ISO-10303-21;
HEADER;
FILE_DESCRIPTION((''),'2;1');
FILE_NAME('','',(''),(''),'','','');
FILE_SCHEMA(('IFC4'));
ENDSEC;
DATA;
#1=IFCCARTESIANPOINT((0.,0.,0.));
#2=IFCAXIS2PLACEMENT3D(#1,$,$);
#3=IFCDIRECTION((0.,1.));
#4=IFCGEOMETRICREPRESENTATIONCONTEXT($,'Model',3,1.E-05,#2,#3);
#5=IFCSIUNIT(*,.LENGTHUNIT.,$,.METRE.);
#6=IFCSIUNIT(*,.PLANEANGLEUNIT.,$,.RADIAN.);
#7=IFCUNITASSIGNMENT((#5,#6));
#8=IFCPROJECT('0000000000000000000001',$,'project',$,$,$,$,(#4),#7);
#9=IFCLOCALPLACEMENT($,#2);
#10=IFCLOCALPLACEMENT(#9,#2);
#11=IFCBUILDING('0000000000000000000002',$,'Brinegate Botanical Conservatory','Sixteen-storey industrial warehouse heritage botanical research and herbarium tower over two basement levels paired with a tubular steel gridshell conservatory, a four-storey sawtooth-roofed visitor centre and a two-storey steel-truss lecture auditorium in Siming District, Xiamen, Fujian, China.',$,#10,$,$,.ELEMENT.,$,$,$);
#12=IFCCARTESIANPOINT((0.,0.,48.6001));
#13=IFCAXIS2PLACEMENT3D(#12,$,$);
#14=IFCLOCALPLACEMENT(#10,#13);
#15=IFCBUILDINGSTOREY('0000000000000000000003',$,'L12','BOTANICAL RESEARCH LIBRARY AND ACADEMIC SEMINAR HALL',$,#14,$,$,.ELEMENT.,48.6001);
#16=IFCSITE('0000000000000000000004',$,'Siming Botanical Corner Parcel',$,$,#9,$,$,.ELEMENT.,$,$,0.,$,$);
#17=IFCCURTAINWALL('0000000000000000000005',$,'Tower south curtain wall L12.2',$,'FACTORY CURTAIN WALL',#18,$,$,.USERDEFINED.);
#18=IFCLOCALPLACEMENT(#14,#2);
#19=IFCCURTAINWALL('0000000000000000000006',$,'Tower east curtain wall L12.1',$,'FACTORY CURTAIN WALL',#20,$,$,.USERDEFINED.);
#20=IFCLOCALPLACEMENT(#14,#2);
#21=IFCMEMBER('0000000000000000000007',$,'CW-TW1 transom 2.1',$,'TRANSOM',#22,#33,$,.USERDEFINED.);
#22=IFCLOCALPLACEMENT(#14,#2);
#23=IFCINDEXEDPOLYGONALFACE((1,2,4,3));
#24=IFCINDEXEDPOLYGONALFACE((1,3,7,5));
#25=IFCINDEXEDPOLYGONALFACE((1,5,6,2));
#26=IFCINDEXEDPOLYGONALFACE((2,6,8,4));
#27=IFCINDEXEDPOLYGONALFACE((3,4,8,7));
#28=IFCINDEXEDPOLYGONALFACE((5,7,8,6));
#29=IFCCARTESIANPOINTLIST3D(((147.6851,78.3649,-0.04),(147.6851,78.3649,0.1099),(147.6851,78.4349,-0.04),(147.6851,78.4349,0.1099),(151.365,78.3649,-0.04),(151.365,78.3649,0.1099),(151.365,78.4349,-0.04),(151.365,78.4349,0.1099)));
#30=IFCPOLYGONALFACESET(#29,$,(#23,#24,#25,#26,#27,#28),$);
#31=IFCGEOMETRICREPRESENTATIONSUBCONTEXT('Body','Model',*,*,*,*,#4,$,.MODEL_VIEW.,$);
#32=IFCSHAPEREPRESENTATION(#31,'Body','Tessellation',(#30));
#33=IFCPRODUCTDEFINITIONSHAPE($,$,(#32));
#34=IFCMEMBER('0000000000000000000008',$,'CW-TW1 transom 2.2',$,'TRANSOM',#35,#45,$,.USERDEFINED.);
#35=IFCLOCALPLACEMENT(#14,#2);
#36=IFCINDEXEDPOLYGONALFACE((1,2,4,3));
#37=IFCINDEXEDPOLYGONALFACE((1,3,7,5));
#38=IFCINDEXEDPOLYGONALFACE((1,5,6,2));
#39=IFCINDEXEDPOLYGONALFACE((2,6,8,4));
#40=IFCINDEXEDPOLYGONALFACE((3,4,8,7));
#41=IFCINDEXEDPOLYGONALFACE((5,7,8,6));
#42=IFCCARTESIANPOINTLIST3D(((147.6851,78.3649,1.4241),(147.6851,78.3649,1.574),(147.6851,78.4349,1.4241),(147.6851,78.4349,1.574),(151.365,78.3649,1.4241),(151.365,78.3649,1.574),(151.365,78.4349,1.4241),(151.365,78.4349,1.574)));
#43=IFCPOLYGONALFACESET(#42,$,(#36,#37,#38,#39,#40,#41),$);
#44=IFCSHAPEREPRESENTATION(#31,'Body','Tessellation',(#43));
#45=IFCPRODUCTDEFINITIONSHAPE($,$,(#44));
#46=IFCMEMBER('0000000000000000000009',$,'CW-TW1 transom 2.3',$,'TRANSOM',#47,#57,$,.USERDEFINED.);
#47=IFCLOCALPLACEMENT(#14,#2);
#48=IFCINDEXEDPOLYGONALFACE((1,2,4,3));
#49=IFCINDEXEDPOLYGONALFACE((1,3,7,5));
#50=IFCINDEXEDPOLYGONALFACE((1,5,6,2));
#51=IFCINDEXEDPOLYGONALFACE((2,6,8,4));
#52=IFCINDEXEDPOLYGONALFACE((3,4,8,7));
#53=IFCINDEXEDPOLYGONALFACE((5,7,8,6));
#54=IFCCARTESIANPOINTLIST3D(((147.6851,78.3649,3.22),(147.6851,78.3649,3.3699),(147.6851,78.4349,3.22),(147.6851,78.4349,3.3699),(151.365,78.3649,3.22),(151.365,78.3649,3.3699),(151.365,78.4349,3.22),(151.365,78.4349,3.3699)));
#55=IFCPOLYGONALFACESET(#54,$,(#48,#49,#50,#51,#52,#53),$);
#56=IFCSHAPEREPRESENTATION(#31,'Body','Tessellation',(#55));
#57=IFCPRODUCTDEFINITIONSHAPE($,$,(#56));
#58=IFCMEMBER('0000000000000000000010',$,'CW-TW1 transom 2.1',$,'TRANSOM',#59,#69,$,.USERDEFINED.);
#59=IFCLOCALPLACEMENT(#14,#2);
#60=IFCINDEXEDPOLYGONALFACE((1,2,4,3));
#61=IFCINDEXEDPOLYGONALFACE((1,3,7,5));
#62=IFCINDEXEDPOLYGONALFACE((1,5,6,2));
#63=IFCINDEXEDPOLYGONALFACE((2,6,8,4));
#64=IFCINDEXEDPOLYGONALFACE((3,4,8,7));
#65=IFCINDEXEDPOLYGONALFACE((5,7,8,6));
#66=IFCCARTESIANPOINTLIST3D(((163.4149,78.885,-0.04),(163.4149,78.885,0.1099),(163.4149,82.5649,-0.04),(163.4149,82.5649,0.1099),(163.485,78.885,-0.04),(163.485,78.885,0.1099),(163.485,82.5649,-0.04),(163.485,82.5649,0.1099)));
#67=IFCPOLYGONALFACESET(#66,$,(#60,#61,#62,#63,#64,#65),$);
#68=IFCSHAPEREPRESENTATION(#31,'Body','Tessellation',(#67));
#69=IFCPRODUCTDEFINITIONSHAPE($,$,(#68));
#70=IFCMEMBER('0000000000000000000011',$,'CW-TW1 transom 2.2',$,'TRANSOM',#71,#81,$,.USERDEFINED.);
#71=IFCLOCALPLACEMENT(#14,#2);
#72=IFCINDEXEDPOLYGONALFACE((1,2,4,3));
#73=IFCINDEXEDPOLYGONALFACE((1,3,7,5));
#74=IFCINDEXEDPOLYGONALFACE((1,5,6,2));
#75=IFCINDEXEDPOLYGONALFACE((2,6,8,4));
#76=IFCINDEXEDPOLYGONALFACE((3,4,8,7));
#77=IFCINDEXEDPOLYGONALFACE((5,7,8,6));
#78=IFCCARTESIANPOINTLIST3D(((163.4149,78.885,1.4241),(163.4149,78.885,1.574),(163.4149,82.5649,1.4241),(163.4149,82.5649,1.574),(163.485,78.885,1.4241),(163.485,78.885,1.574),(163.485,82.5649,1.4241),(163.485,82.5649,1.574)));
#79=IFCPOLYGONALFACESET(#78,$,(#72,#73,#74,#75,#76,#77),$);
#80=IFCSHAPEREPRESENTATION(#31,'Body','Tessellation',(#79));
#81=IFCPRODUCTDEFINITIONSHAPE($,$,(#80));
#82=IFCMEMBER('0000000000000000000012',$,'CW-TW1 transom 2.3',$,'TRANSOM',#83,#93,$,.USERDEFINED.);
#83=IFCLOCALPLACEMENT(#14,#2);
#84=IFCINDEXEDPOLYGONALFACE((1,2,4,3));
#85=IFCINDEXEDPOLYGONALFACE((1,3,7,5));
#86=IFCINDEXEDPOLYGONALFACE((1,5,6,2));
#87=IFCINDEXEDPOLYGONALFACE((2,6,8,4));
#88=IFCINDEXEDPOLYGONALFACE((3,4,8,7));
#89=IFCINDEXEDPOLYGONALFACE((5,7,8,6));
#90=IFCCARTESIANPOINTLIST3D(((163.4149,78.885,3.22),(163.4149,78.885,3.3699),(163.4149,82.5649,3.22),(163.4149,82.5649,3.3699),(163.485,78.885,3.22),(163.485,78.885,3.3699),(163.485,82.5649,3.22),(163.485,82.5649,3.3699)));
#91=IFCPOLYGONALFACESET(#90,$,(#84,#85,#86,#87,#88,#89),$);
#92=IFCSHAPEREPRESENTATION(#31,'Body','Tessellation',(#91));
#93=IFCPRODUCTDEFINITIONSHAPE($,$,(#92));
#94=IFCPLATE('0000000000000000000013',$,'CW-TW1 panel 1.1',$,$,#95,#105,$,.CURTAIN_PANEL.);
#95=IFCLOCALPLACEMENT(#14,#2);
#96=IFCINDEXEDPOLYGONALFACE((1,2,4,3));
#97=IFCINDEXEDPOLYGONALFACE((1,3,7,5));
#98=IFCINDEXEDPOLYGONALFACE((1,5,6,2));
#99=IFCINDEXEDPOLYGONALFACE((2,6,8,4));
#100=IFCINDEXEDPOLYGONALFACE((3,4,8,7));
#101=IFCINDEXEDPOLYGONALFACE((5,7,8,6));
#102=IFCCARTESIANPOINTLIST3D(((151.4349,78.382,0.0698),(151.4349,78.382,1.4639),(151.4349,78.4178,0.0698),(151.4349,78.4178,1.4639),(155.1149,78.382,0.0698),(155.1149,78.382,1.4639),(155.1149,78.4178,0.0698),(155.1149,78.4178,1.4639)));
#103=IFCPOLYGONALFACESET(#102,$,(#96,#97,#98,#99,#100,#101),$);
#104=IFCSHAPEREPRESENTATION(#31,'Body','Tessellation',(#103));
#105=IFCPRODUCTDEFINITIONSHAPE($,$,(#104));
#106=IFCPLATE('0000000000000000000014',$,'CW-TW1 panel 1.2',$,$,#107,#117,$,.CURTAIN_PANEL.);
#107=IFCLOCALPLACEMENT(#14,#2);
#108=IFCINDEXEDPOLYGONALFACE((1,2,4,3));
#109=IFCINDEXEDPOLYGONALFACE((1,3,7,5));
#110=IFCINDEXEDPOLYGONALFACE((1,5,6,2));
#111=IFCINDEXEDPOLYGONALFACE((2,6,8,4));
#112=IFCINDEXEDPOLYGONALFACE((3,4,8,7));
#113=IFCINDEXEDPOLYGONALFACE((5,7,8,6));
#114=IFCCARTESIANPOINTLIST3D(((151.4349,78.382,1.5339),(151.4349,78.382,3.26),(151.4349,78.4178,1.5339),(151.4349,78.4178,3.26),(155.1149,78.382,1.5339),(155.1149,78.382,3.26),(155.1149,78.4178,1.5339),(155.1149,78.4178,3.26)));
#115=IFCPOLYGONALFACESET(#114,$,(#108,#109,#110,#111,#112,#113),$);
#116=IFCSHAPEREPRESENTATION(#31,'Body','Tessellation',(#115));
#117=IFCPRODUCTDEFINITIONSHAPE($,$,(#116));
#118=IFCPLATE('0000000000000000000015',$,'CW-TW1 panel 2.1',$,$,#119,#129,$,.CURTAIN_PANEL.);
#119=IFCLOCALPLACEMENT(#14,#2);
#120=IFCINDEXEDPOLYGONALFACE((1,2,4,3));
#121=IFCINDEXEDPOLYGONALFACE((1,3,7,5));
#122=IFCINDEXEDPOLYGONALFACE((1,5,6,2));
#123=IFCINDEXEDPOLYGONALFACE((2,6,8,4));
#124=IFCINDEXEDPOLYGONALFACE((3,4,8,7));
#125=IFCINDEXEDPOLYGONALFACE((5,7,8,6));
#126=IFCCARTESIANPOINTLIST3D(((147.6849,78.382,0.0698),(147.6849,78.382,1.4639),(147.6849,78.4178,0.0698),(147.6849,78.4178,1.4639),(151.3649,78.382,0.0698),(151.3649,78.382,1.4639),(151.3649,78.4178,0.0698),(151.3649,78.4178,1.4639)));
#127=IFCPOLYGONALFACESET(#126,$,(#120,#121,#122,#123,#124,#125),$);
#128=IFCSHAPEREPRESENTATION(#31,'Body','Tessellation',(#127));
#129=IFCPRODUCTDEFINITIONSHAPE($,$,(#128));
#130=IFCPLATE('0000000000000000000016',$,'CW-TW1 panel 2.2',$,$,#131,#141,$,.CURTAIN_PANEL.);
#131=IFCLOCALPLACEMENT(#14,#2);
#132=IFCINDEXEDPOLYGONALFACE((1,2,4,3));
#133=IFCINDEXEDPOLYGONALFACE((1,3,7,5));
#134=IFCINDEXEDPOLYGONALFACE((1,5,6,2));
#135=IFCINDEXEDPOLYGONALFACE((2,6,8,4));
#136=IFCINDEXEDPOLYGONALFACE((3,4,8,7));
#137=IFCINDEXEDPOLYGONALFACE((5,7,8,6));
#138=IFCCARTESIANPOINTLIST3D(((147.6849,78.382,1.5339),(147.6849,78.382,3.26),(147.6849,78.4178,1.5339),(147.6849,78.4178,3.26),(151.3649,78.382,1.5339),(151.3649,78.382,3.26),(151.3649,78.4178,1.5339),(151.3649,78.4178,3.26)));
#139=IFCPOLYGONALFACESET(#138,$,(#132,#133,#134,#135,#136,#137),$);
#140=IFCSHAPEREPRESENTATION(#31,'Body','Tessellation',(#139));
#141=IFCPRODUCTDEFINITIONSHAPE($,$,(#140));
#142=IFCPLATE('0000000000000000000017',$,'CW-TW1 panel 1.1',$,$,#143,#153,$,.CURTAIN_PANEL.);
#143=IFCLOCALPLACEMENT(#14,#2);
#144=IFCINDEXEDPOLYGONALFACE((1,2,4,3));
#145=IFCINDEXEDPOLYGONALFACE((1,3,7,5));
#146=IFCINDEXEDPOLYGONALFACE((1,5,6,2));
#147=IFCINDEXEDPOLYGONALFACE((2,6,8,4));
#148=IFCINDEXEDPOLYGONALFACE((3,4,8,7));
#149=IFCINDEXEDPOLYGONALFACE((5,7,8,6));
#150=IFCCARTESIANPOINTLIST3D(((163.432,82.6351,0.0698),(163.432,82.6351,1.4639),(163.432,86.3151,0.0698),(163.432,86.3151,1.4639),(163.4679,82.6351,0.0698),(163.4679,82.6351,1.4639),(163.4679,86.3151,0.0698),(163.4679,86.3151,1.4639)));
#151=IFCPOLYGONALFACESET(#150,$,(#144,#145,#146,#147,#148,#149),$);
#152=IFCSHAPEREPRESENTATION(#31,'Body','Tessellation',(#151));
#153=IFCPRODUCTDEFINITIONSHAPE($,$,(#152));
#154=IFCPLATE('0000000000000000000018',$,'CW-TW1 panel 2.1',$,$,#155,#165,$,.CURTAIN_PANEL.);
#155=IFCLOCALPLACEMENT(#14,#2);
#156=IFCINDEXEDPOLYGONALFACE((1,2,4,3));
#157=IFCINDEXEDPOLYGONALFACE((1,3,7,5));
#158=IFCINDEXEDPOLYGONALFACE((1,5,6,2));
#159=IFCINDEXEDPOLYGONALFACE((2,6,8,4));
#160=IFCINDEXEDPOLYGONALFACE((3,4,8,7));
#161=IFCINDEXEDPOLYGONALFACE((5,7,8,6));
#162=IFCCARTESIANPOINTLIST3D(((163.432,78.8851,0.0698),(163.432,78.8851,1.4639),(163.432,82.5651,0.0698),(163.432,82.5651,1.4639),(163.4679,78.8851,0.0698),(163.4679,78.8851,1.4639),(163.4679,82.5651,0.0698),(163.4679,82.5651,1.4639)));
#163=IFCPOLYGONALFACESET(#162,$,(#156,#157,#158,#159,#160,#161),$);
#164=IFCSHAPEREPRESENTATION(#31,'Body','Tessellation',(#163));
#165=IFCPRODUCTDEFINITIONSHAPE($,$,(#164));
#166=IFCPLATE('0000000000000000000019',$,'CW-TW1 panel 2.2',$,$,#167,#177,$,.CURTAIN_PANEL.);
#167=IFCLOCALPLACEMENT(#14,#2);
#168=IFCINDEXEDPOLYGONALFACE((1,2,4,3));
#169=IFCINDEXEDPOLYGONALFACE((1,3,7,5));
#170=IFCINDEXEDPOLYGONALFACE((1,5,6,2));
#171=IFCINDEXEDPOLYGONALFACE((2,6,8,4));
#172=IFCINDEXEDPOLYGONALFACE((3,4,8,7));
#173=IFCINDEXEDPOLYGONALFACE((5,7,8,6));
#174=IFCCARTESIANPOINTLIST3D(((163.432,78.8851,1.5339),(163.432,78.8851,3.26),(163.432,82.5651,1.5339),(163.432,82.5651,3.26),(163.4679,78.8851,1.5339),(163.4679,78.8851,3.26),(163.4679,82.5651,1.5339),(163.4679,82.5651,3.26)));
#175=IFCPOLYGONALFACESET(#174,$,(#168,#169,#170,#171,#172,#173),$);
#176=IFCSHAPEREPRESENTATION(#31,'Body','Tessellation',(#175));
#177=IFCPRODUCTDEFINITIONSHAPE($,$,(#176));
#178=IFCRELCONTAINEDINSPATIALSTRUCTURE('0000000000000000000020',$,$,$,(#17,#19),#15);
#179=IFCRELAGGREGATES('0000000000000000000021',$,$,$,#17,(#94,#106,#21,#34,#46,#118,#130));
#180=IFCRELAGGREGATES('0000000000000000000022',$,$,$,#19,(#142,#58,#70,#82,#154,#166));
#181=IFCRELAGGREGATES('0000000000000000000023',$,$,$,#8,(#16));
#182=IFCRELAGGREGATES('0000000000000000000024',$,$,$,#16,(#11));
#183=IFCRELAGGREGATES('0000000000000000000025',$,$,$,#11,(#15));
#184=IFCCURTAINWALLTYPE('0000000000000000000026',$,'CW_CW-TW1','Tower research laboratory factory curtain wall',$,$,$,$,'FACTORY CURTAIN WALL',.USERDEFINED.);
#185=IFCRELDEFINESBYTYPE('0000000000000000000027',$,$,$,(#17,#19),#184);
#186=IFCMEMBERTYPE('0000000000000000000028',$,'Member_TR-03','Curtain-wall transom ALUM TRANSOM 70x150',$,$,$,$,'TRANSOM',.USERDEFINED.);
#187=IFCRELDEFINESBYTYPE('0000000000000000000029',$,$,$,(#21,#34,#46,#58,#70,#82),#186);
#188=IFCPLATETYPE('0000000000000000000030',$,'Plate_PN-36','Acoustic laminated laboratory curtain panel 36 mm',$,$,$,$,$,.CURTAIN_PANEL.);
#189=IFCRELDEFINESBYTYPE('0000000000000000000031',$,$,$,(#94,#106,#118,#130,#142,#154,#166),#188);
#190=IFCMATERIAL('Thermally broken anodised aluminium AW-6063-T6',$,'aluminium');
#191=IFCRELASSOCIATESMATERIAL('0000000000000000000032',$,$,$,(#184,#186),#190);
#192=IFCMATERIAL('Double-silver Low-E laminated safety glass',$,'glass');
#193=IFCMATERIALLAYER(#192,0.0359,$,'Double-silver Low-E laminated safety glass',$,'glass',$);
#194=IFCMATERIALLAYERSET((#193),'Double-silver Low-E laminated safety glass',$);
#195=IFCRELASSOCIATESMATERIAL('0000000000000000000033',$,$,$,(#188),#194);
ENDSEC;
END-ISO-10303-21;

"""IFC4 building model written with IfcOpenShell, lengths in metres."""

from ifc_helpers import new_model, si_unit, direction, frame, origin, origin_2d, place, context, subcontext, project, spatial, rectangle, extrude, material, layer, layer_set, material_profile, profile_set, type_object, element, aggregate, save


model = new_model("IFC4")

# Units and contexts
model_context = context("Model", 3, precision=1e-05, world=origin(), true_north=direction((0.0, 1.0)))
body_context = subcontext(model_context, "Body", "Model", "MODEL_VIEW")
ifc_project = project(units=[si_unit("LENGTHUNIT", "METRE"), si_unit("PLANEANGLEUNIT", "RADIAN")], contexts=[model_context])

# Site, building, storey
site_placement = place(None, origin())
site = spatial("IfcSite", under=ifc_project, at=site_placement, Name="Siming Botanical Corner Parcel", CompositionType="ELEMENT", RefElevation=0.0)
building_placement = place(site_placement, origin())
building = spatial("IfcBuilding", under=site, at=building_placement, Name="Brinegate Botanical Conservatory", Description="Sixteen-storey industrial warehouse heritage botanical research and herbarium tower over two basement levels paired with a tubular steel gridshell conservatory, a four-storey sawtooth-roofed visitor centre and a two-storey steel-truss lecture auditorium in Siming District, Xiamen, Fujian, China.", CompositionType="ELEMENT")
storey_placement = place(building_placement, frame((0.0, 0.0, 48.6001)))
storey = spatial("IfcBuildingStorey", under=building, at=storey_placement, Name="L12", Description="BOTANICAL RESEARCH LIBRARY AND ACADEMIC SEMINAR HALL", CompositionType="ELEMENT", Elevation=48.6001)

# Curtain walls
ifc_material_1 = material(Name="Thermally broken anodised aluminium AW-6063-T6", Category="aluminium")
curtain_wall_type = type_object("IfcCurtainWallType", Name="CW_CW-TW1", Description="Tower research laboratory factory curtain wall", ElementType="FACTORY CURTAIN WALL", PredefinedType="USERDEFINED", material=ifc_material_1)
curtain_wall_1_placement = place(storey_placement, origin())
curtain_wall_1 = element("IfcCurtainWall", 1, at=curtain_wall_1_placement, inside=storey, type_object=curtain_wall_type, Name="Tower south curtain wall L12.2", ObjectType="FACTORY CURTAIN WALL", PredefinedType="USERDEFINED")
curtain_wall_2_placement = place(storey_placement, origin())
curtain_wall_2 = element("IfcCurtainWall", 2, at=curtain_wall_2_placement, inside=storey, type_object=curtain_wall_type, Name="Tower east curtain wall L12.1", ObjectType="FACTORY CURTAIN WALL", PredefinedType="USERDEFINED")

# Members
ifc_material_profile_1 = material_profile(ifc_material_1, rectangle(XDim=0.0701, YDim=0.1499, at=origin_2d()), Name="ALUM TRANSOM 70x150")
ifc_profile_set_1 = profile_set([ifc_material_profile_1], Name="Thermally broken anodised aluminium AW-6063-T6")
member_type_1 = type_object("IfcMemberType", Name="Member_TR-03", Description="Curtain-wall transom ALUM TRANSOM 70x150", ElementType="TRANSOM", PredefinedType="USERDEFINED", material=ifc_profile_set_1)
member_1_placement = place(storey_placement, frame((151.365, 78.3999, 0.0349), z_axis=(-1.0, 0.0, 0.0), x_axis=(0.0, -1.0, 0.0)))
member_1 = element("IfcMember", 3, at=member_1_placement, type_object=member_type_1, Name="CW-TW1 transom 2.1", ObjectType="TRANSOM", PredefinedType="USERDEFINED", context=body_context, shape_type="SweptSolid", body=[
    extrude(rectangle(XDim=0.0701, YDim=0.1499, at=origin_2d()), origin(), (0.0, 0.0, 1.0), 3.6799),
])
member_2_placement = place(storey_placement, frame((151.365, 78.3999, 1.499), z_axis=(-1.0, 0.0, 0.0), x_axis=(0.0, -1.0, 0.0)))
member_2 = element("IfcMember", 4, at=member_2_placement, type_object=member_type_1, Name="CW-TW1 transom 2.2", ObjectType="TRANSOM", PredefinedType="USERDEFINED", context=body_context, shape_type="SweptSolid", body=[
    extrude(rectangle(XDim=0.0701, YDim=0.1499, at=origin_2d()), origin(), (0.0, 0.0, 1.0), 3.6799),
])
member_3_placement = place(storey_placement, frame((151.365, 78.3999, 3.2949), z_axis=(-1.0, 0.0, 0.0), x_axis=(0.0, -1.0, 0.0)))
member_3 = element("IfcMember", 5, at=member_3_placement, type_object=member_type_1, Name="CW-TW1 transom 2.3", ObjectType="TRANSOM", PredefinedType="USERDEFINED", context=body_context, shape_type="SweptSolid", body=[
    extrude(rectangle(XDim=0.0701, YDim=0.1499, at=origin_2d()), origin(), (0.0, 0.0, 1.0), 3.6799),
])
member_4_placement = place(storey_placement, frame((163.45, 82.5649, 0.0349), z_axis=(0.0, -1.0, 0.0), x_axis=(1.0, 0.0, 0.0)))
member_4 = element("IfcMember", 6, at=member_4_placement, type_object=member_type_1, Name="CW-TW1 transom 2.1", ObjectType="TRANSOM", PredefinedType="USERDEFINED", context=body_context, shape_type="SweptSolid", body=[
    extrude(rectangle(XDim=0.0701, YDim=0.1499, at=origin_2d()), origin(), (0.0, 0.0, 1.0), 3.6799),
])
member_5_placement = place(storey_placement, frame((163.45, 82.5649, 1.499), z_axis=(0.0, -1.0, 0.0), x_axis=(1.0, 0.0, 0.0)))
member_5 = element("IfcMember", 7, at=member_5_placement, type_object=member_type_1, Name="CW-TW1 transom 2.2", ObjectType="TRANSOM", PredefinedType="USERDEFINED", context=body_context, shape_type="SweptSolid", body=[
    extrude(rectangle(XDim=0.0701, YDim=0.1499, at=origin_2d()), origin(), (0.0, 0.0, 1.0), 3.6799),
])
member_6_placement = place(storey_placement, frame((163.45, 82.5649, 3.2949), z_axis=(0.0, -1.0, 0.0), x_axis=(1.0, 0.0, 0.0)))
member_6 = element("IfcMember", 8, at=member_6_placement, type_object=member_type_1, Name="CW-TW1 transom 2.3", ObjectType="TRANSOM", PredefinedType="USERDEFINED", context=body_context, shape_type="SweptSolid", body=[
    extrude(rectangle(XDim=0.0701, YDim=0.1499, at=origin_2d()), origin(), (0.0, 0.0, 1.0), 3.6799),
])

# Plates
ifc_material_2 = material(Name="Double-silver Low-E laminated safety glass", Category="glass")
ifc_layer_1 = layer(ifc_material_2, 0.0359, Name="Double-silver Low-E laminated safety glass", Category="glass")
ifc_layer_set_1 = layer_set([ifc_layer_1], Name="Double-silver Low-E laminated safety glass")
plate_type = type_object("IfcPlateType", Name="Plate_PN-36", Description="Acoustic laminated laboratory curtain panel 36 mm", PredefinedType="CURTAIN_PANEL", material=ifc_layer_set_1)
plate_1_placement = place(storey_placement, frame((153.2749, 78.3999, 0.0698), z_axis=(0.0, 0.0, 1.0), x_axis=(-1.0, 0.0, 0.0)))
plate_1 = element("IfcPlate", 9, at=plate_1_placement, type_object=plate_type, Name="CW-TW1 panel 1.1", PredefinedType="CURTAIN_PANEL", context=body_context, shape_type="SweptSolid", body=[
    extrude(rectangle(XDim=3.6799, YDim=0.0359, at=origin_2d()), origin(), (0.0, 0.0, 1.0), 1.394),
])
plate_2_placement = place(storey_placement, frame((153.2749, 78.3999, 1.5339), z_axis=(0.0, 0.0, 1.0), x_axis=(-1.0, 0.0, 0.0)))
plate_2 = element("IfcPlate", 10, at=plate_2_placement, type_object=plate_type, Name="CW-TW1 panel 1.2", PredefinedType="CURTAIN_PANEL", context=body_context, shape_type="SweptSolid", body=[
    extrude(rectangle(XDim=3.6799, YDim=0.0359, at=origin_2d()), origin(), (0.0, 0.0, 1.0), 1.7261),
])
plate_3_placement = place(storey_placement, frame((149.5249, 78.3999, 0.0698), z_axis=(0.0, 0.0, 1.0), x_axis=(-1.0, 0.0, 0.0)))
plate_3 = element("IfcPlate", 11, at=plate_3_placement, type_object=plate_type, Name="CW-TW1 panel 2.1", PredefinedType="CURTAIN_PANEL", context=body_context, shape_type="SweptSolid", body=[
    extrude(rectangle(XDim=3.6799, YDim=0.0359, at=origin_2d()), origin(), (0.0, 0.0, 1.0), 1.394),
])
plate_4_placement = place(storey_placement, frame((149.5249, 78.3999, 1.5339), z_axis=(0.0, 0.0, 1.0), x_axis=(-1.0, 0.0, 0.0)))
plate_4 = element("IfcPlate", 12, at=plate_4_placement, type_object=plate_type, Name="CW-TW1 panel 2.2", PredefinedType="CURTAIN_PANEL", context=body_context, shape_type="SweptSolid", body=[
    extrude(rectangle(XDim=3.6799, YDim=0.0359, at=origin_2d()), origin(), (0.0, 0.0, 1.0), 1.7261),
])
aggregate(curtain_wall_1, [plate_1, plate_2, member_1, member_2, member_3, plate_3, plate_4])
plate_5_placement = place(storey_placement, frame((163.45, 84.4751, 0.0698), z_axis=(0.0, 0.0, 1.0), x_axis=(0.0, -1.0, 0.0)))
plate_5 = element("IfcPlate", 13, at=plate_5_placement, type_object=plate_type, Name="CW-TW1 panel 1.1", PredefinedType="CURTAIN_PANEL", context=body_context, shape_type="SweptSolid", body=[
    extrude(rectangle(XDim=3.6799, YDim=0.0359, at=origin_2d()), origin(), (0.0, 0.0, 1.0), 1.394),
])
plate_6_placement = place(storey_placement, frame((163.45, 80.7251, 0.0698), z_axis=(0.0, 0.0, 1.0), x_axis=(0.0, -1.0, 0.0)))
plate_6 = element("IfcPlate", 14, at=plate_6_placement, type_object=plate_type, Name="CW-TW1 panel 2.1", PredefinedType="CURTAIN_PANEL", context=body_context, shape_type="SweptSolid", body=[
    extrude(rectangle(XDim=3.6799, YDim=0.0359, at=origin_2d()), origin(), (0.0, 0.0, 1.0), 1.394),
])
plate_7_placement = place(storey_placement, frame((163.45, 80.7251, 1.5339), z_axis=(0.0, 0.0, 1.0), x_axis=(0.0, -1.0, 0.0)))
plate_7 = element("IfcPlate", 15, at=plate_7_placement, type_object=plate_type, Name="CW-TW1 panel 2.2", PredefinedType="CURTAIN_PANEL", context=body_context, shape_type="SweptSolid", body=[
    extrude(rectangle(XDim=3.6799, YDim=0.0359, at=origin_2d()), origin(), (0.0, 0.0, 1.0), 1.7261),
])
aggregate(curtain_wall_2, [plate_5, member_4, member_5, member_6, plate_6, plate_7])

save(model, "model.ifc")
